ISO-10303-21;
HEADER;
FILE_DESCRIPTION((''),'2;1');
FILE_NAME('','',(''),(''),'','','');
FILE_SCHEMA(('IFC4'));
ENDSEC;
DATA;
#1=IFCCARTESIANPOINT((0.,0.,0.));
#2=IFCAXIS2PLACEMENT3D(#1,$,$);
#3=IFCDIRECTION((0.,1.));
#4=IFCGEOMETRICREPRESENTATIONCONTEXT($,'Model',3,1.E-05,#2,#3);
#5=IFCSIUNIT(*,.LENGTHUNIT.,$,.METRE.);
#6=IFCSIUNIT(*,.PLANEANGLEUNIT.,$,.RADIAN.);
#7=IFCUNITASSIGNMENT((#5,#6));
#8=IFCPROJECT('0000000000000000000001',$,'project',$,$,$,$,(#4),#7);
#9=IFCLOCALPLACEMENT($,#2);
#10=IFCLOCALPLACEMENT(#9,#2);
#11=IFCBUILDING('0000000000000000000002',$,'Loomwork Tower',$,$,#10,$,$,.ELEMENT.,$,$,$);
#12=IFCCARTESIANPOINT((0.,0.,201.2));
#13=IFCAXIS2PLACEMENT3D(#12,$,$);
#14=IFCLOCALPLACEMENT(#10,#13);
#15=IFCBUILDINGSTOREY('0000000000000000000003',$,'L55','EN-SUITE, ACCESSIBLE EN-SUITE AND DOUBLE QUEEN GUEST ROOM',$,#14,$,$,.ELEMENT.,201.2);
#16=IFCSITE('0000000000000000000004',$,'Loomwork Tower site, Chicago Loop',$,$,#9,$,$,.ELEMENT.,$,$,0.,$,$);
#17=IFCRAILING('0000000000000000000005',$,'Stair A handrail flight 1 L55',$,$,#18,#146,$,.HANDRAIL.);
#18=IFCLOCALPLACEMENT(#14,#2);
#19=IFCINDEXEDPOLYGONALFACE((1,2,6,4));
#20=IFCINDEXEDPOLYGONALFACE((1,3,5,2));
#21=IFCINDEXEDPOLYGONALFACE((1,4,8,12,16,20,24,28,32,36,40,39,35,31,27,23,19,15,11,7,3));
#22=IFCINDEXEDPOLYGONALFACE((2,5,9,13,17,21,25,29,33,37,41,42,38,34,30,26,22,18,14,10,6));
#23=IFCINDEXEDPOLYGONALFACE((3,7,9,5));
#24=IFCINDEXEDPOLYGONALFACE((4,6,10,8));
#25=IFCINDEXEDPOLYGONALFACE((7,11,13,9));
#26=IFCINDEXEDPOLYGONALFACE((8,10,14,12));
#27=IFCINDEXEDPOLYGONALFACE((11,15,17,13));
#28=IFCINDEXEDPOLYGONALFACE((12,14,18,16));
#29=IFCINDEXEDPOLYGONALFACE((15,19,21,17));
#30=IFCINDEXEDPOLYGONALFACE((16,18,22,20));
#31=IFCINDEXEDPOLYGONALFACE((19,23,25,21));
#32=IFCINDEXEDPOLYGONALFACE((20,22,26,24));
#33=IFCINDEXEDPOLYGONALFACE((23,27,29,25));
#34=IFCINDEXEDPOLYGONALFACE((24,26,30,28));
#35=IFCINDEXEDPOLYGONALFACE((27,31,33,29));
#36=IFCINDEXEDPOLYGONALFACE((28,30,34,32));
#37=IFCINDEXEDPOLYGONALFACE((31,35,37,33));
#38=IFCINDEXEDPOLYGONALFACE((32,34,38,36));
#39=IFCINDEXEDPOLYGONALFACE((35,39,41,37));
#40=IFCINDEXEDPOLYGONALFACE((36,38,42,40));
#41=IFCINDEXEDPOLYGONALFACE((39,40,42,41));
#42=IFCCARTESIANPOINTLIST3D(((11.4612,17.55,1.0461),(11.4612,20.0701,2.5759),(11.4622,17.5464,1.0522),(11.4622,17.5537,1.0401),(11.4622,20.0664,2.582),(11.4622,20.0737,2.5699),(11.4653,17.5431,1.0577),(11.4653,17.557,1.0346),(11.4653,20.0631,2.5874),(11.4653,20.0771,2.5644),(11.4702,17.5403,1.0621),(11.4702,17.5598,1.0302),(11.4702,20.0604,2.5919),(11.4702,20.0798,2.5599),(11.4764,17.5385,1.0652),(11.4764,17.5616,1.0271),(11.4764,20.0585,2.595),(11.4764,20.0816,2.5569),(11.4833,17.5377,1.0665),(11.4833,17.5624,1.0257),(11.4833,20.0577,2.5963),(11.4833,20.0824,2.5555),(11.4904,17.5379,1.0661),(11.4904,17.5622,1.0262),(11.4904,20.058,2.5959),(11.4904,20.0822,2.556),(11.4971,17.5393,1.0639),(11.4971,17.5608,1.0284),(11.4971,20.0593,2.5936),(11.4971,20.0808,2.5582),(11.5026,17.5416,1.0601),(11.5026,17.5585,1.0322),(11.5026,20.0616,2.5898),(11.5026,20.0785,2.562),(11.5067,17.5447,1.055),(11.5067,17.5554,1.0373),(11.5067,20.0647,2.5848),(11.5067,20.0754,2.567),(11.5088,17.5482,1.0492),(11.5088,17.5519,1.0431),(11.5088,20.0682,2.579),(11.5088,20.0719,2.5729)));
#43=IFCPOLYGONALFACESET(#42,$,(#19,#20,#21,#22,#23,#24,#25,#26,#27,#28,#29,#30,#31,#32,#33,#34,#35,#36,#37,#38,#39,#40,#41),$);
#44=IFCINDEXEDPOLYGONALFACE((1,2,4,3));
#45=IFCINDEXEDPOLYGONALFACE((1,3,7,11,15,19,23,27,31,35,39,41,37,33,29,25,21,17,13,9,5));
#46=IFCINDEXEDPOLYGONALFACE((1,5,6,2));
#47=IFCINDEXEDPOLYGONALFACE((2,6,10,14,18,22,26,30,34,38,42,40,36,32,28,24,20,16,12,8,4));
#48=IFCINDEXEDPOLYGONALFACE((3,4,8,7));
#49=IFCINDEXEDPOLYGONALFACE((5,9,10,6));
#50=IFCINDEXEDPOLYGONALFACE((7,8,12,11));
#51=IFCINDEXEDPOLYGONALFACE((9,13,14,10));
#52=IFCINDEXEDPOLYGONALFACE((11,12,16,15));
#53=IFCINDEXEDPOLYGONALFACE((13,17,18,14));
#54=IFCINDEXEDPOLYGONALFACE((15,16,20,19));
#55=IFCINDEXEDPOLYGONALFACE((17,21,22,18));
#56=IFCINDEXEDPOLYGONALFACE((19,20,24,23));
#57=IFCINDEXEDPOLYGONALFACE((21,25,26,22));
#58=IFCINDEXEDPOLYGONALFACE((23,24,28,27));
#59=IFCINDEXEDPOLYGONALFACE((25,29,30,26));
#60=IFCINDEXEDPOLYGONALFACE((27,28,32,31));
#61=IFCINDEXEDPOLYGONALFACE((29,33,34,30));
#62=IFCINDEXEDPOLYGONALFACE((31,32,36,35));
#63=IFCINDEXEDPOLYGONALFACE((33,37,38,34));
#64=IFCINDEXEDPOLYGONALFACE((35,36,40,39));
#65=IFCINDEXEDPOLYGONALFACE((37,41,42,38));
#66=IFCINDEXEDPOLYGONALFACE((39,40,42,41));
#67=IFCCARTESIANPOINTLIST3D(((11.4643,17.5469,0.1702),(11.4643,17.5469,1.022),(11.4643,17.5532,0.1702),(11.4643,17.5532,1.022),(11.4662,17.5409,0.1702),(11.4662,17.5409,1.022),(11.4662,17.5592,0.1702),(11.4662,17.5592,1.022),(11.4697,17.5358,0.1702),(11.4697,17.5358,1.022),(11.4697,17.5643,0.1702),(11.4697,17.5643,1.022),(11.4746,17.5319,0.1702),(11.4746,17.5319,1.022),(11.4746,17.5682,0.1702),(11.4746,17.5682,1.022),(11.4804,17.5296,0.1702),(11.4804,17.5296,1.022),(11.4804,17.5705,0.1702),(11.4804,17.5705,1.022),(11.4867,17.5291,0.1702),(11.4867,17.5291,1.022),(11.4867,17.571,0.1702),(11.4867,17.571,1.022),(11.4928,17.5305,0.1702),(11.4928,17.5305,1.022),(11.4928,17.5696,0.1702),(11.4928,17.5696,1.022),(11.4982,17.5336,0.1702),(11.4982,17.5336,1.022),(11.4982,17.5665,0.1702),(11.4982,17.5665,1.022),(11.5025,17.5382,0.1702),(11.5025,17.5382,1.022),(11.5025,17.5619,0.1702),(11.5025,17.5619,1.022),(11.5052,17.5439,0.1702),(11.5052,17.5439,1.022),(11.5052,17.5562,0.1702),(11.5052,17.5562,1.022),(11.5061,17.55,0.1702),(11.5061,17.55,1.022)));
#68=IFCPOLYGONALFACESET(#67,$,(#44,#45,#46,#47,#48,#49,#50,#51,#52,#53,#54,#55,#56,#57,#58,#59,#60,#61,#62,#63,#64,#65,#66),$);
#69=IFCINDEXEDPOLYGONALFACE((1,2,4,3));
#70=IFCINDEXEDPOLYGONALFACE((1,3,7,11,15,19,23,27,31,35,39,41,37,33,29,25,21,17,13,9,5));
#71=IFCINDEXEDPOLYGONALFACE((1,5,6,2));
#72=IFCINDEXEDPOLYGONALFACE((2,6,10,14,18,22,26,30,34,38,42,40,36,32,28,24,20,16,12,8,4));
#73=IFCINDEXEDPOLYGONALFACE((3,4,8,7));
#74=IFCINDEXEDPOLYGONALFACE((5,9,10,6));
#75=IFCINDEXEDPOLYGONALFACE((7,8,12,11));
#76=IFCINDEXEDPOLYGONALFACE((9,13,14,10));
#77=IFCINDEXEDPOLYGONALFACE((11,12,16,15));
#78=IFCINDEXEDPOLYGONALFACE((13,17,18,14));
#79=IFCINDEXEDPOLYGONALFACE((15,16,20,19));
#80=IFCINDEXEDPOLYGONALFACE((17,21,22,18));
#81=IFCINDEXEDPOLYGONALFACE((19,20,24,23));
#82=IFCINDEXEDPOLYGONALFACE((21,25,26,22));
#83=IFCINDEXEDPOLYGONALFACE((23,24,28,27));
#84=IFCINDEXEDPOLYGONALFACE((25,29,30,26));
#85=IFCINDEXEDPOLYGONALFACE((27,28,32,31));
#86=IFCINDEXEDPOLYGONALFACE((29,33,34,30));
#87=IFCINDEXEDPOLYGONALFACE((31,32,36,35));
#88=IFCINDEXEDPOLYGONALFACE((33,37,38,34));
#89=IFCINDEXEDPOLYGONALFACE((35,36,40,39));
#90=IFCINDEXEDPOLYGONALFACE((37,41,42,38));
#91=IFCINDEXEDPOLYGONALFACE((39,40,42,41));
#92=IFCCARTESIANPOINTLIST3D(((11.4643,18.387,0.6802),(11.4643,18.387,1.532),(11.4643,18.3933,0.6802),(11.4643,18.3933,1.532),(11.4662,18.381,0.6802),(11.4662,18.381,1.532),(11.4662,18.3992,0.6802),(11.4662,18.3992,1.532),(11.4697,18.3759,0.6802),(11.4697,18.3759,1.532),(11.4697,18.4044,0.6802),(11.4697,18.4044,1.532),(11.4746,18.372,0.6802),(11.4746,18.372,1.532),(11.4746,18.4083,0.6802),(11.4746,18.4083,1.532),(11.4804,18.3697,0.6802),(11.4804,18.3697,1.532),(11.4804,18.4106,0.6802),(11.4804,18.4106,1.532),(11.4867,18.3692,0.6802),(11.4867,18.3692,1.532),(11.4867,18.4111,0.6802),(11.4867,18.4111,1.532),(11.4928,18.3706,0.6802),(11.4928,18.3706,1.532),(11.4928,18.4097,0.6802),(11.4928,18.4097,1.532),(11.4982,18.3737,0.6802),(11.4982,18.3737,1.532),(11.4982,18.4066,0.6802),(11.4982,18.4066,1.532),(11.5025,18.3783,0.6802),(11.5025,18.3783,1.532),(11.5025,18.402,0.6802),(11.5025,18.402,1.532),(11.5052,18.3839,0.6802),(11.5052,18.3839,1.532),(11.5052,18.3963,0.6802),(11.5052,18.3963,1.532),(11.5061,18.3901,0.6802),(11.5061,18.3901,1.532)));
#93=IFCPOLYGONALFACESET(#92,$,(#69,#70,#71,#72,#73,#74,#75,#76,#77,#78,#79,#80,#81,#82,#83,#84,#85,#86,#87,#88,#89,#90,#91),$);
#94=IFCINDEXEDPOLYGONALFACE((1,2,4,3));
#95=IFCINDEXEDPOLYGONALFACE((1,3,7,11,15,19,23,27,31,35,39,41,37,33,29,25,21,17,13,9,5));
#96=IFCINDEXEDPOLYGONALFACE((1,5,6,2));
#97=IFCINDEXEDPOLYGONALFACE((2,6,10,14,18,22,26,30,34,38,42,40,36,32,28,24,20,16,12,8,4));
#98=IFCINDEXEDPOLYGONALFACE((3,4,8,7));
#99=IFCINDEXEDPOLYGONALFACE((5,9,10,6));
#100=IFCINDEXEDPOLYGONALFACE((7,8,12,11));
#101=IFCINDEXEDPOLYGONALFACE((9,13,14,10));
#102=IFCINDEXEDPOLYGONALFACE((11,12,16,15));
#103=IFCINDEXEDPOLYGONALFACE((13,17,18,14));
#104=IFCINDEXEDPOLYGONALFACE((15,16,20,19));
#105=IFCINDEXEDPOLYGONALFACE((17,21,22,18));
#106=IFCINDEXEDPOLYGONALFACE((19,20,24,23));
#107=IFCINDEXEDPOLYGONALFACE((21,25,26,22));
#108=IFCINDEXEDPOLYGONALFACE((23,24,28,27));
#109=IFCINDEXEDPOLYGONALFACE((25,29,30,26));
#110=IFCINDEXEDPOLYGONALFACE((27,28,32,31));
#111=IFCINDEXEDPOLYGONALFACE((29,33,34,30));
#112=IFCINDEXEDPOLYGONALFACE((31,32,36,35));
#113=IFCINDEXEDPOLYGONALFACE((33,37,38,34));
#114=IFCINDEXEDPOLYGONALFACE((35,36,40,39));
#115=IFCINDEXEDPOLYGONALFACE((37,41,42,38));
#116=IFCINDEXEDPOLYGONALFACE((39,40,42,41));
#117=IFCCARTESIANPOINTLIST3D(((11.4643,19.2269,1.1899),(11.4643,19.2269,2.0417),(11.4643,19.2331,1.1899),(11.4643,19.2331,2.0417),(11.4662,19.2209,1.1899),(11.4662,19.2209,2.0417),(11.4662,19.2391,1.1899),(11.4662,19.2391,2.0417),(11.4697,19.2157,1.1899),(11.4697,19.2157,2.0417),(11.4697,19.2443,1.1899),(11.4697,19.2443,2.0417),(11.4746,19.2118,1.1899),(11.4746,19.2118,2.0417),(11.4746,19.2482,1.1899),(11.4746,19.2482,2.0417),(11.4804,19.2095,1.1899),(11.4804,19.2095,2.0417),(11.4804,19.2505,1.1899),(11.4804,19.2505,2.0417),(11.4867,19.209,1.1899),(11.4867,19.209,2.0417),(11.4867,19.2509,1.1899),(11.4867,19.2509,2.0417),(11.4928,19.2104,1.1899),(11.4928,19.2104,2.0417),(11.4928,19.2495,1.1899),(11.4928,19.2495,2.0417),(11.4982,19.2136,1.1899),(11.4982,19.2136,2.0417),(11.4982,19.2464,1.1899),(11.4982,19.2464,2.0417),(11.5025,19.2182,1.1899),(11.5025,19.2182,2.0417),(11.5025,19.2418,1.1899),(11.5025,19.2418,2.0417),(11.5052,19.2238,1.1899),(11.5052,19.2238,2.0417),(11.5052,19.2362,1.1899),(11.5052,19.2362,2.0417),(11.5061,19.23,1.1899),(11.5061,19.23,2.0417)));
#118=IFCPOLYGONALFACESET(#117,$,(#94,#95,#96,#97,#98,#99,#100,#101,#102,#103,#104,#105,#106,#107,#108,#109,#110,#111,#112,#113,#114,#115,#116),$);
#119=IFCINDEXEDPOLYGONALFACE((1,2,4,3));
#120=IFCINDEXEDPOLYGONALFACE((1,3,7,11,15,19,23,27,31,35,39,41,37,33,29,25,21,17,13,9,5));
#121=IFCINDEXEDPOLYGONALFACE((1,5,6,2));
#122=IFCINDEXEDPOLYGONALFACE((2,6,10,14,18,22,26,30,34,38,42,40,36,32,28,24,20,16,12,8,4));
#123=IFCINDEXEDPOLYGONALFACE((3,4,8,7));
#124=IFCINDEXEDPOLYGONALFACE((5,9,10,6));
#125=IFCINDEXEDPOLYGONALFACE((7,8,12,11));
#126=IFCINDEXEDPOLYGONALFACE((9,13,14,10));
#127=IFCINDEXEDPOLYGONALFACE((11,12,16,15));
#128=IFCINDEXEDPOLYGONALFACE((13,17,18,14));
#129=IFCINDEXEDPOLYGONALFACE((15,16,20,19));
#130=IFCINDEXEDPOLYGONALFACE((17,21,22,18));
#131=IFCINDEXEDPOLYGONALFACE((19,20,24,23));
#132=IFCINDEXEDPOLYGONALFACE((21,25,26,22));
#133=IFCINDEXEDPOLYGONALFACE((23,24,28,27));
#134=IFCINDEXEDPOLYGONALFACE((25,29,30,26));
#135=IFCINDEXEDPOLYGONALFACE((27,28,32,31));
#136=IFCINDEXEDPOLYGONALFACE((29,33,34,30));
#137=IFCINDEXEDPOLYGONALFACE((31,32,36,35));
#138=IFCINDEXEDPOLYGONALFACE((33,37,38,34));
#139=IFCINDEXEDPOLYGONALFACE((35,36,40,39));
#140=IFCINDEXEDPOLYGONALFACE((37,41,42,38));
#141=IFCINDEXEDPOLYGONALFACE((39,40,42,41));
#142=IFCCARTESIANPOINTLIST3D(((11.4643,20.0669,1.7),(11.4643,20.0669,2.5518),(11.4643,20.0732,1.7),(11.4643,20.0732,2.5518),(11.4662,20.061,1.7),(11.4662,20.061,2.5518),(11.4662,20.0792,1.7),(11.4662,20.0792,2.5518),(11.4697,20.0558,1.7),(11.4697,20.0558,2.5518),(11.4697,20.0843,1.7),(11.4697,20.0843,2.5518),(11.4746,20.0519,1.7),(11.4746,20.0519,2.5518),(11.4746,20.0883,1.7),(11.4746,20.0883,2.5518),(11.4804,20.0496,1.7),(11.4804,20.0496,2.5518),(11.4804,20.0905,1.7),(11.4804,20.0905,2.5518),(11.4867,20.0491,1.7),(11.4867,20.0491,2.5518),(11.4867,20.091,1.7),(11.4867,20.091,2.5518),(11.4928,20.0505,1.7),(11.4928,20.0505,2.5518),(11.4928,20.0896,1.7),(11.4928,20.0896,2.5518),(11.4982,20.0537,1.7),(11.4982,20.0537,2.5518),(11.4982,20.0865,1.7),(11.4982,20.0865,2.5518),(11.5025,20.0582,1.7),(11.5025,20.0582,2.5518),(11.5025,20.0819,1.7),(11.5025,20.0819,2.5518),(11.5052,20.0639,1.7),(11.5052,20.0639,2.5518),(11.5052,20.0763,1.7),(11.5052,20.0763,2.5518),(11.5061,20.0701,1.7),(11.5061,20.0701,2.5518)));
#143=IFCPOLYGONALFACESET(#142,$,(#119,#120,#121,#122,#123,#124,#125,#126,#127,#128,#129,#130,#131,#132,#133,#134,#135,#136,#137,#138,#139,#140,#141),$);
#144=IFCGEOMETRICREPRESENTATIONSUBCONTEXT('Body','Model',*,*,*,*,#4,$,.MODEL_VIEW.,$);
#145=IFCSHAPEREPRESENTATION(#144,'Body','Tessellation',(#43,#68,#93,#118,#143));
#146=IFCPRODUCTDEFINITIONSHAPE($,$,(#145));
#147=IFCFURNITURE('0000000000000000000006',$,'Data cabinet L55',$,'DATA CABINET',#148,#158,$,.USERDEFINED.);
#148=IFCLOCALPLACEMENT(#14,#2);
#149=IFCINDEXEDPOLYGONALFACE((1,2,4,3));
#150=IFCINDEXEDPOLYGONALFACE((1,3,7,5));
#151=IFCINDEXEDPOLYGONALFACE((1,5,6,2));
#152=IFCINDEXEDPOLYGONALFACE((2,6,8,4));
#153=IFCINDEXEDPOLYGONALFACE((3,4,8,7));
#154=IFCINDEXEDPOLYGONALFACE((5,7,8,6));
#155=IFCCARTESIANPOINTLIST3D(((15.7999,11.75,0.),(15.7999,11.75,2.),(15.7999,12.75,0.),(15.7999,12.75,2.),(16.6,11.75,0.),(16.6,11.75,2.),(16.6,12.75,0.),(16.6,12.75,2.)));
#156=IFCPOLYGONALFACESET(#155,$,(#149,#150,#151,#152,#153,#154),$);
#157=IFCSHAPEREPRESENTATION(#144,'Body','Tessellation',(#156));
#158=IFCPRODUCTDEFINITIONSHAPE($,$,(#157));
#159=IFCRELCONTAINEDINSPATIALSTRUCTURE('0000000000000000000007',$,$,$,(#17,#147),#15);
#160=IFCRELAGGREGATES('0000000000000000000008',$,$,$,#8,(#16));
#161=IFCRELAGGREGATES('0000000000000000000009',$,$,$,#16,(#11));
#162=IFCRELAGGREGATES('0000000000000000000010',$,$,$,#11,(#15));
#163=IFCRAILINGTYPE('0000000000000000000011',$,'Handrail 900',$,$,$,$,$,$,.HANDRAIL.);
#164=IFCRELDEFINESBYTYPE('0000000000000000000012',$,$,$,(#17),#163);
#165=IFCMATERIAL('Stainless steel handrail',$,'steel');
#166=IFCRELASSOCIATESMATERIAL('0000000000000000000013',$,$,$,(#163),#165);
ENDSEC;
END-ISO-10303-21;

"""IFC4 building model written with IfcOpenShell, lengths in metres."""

from ifc_helpers import new_model, si_unit, direction, frame, origin, origin_2d, place, context, subcontext, project, spatial, rectangle, circle, extrude, material, type_object, element, save


model = new_model("IFC4")

# Units and contexts
model_context = context("Model", 3, precision=1e-05, world=origin(), true_north=direction((0.0, 1.0)))
body_context = subcontext(model_context, "Body", "Model", "MODEL_VIEW")
ifc_project = project(units=[si_unit("LENGTHUNIT", "METRE"), si_unit("PLANEANGLEUNIT", "RADIAN")], contexts=[model_context])

# Site, building, storey
site_placement = place(None, origin())
site = spatial("IfcSite", under=ifc_project, at=site_placement, Name="Loomwork Tower site, Chicago Loop", CompositionType="ELEMENT", RefElevation=0.0)
building_placement = place(site_placement, origin())
building = spatial("IfcBuilding", under=site, at=building_placement, Name="Loomwork Tower", CompositionType="ELEMENT")
storey_placement = place(building_placement, frame((0.0, 0.0, 201.2)))
storey = spatial("IfcBuildingStorey", under=building, at=storey_placement, Name="L55", Description="EN-SUITE, ACCESSIBLE EN-SUITE AND DOUBLE QUEEN GUEST ROOM", CompositionType="ELEMENT", Elevation=201.2)

# Railing
ifc_material_1 = material(Name="Stainless steel handrail", Category="steel")
railing_type = type_object("IfcRailingType", Name="Handrail 900", PredefinedType="HANDRAIL", material=ifc_material_1)
railing_placement = place(storey_placement, frame((11.4851, 17.55, 0.1702)))
element("IfcRailing", 1, at=railing_placement, inside=storey, type_object=railing_type, Name="Stair A handrail flight 1 L55", PredefinedType="HANDRAIL", context=body_context, shape_type="SweptSolid", body=[
    extrude(circle(Radius=0.0239, at=origin_2d()), frame((0.0, 0.0, 0.876), z_axis=(0.0, 0.854822, 0.518922), x_axis=(-1.0, 0.0, 0.0)), (0.0, 0.0, 1.0), 2.948),
    extrude(circle(Radius=0.021, at=origin_2d()), origin(), (0.0, 0.0, 1.0), 0.8518),
    extrude(circle(Radius=0.021, at=origin_2d()), frame((0.0, 0.8401, 0.51)), (0.0, 0.0, 1.0), 0.8518),
    extrude(circle(Radius=0.021, at=origin_2d()), frame((0.0, 1.6799, 1.0198)), (0.0, 0.0, 1.0), 0.8518),
    extrude(circle(Radius=0.021, at=origin_2d()), frame((0.0, 2.52, 1.5298)), (0.0, 0.0, 1.0), 0.8518),
])

# Furniture
furniture_placement = place(storey_placement, frame((16.2, 12.25, 0.0), z_axis=(0.0, 0.0, 1.0), x_axis=(1.0, 0.0, 0.0)))
element("IfcFurniture", 2, at=furniture_placement, inside=storey, Name="Data cabinet L55", ObjectType="DATA CABINET", PredefinedType="USERDEFINED", context=body_context, shape_type="SweptSolid", body=[
    extrude(rectangle(XDim=0.8, YDim=1.0, at=origin_2d()), origin(), (0.0, 0.0, 1.0), 2.0),
])

save(model, "model.ifc")
